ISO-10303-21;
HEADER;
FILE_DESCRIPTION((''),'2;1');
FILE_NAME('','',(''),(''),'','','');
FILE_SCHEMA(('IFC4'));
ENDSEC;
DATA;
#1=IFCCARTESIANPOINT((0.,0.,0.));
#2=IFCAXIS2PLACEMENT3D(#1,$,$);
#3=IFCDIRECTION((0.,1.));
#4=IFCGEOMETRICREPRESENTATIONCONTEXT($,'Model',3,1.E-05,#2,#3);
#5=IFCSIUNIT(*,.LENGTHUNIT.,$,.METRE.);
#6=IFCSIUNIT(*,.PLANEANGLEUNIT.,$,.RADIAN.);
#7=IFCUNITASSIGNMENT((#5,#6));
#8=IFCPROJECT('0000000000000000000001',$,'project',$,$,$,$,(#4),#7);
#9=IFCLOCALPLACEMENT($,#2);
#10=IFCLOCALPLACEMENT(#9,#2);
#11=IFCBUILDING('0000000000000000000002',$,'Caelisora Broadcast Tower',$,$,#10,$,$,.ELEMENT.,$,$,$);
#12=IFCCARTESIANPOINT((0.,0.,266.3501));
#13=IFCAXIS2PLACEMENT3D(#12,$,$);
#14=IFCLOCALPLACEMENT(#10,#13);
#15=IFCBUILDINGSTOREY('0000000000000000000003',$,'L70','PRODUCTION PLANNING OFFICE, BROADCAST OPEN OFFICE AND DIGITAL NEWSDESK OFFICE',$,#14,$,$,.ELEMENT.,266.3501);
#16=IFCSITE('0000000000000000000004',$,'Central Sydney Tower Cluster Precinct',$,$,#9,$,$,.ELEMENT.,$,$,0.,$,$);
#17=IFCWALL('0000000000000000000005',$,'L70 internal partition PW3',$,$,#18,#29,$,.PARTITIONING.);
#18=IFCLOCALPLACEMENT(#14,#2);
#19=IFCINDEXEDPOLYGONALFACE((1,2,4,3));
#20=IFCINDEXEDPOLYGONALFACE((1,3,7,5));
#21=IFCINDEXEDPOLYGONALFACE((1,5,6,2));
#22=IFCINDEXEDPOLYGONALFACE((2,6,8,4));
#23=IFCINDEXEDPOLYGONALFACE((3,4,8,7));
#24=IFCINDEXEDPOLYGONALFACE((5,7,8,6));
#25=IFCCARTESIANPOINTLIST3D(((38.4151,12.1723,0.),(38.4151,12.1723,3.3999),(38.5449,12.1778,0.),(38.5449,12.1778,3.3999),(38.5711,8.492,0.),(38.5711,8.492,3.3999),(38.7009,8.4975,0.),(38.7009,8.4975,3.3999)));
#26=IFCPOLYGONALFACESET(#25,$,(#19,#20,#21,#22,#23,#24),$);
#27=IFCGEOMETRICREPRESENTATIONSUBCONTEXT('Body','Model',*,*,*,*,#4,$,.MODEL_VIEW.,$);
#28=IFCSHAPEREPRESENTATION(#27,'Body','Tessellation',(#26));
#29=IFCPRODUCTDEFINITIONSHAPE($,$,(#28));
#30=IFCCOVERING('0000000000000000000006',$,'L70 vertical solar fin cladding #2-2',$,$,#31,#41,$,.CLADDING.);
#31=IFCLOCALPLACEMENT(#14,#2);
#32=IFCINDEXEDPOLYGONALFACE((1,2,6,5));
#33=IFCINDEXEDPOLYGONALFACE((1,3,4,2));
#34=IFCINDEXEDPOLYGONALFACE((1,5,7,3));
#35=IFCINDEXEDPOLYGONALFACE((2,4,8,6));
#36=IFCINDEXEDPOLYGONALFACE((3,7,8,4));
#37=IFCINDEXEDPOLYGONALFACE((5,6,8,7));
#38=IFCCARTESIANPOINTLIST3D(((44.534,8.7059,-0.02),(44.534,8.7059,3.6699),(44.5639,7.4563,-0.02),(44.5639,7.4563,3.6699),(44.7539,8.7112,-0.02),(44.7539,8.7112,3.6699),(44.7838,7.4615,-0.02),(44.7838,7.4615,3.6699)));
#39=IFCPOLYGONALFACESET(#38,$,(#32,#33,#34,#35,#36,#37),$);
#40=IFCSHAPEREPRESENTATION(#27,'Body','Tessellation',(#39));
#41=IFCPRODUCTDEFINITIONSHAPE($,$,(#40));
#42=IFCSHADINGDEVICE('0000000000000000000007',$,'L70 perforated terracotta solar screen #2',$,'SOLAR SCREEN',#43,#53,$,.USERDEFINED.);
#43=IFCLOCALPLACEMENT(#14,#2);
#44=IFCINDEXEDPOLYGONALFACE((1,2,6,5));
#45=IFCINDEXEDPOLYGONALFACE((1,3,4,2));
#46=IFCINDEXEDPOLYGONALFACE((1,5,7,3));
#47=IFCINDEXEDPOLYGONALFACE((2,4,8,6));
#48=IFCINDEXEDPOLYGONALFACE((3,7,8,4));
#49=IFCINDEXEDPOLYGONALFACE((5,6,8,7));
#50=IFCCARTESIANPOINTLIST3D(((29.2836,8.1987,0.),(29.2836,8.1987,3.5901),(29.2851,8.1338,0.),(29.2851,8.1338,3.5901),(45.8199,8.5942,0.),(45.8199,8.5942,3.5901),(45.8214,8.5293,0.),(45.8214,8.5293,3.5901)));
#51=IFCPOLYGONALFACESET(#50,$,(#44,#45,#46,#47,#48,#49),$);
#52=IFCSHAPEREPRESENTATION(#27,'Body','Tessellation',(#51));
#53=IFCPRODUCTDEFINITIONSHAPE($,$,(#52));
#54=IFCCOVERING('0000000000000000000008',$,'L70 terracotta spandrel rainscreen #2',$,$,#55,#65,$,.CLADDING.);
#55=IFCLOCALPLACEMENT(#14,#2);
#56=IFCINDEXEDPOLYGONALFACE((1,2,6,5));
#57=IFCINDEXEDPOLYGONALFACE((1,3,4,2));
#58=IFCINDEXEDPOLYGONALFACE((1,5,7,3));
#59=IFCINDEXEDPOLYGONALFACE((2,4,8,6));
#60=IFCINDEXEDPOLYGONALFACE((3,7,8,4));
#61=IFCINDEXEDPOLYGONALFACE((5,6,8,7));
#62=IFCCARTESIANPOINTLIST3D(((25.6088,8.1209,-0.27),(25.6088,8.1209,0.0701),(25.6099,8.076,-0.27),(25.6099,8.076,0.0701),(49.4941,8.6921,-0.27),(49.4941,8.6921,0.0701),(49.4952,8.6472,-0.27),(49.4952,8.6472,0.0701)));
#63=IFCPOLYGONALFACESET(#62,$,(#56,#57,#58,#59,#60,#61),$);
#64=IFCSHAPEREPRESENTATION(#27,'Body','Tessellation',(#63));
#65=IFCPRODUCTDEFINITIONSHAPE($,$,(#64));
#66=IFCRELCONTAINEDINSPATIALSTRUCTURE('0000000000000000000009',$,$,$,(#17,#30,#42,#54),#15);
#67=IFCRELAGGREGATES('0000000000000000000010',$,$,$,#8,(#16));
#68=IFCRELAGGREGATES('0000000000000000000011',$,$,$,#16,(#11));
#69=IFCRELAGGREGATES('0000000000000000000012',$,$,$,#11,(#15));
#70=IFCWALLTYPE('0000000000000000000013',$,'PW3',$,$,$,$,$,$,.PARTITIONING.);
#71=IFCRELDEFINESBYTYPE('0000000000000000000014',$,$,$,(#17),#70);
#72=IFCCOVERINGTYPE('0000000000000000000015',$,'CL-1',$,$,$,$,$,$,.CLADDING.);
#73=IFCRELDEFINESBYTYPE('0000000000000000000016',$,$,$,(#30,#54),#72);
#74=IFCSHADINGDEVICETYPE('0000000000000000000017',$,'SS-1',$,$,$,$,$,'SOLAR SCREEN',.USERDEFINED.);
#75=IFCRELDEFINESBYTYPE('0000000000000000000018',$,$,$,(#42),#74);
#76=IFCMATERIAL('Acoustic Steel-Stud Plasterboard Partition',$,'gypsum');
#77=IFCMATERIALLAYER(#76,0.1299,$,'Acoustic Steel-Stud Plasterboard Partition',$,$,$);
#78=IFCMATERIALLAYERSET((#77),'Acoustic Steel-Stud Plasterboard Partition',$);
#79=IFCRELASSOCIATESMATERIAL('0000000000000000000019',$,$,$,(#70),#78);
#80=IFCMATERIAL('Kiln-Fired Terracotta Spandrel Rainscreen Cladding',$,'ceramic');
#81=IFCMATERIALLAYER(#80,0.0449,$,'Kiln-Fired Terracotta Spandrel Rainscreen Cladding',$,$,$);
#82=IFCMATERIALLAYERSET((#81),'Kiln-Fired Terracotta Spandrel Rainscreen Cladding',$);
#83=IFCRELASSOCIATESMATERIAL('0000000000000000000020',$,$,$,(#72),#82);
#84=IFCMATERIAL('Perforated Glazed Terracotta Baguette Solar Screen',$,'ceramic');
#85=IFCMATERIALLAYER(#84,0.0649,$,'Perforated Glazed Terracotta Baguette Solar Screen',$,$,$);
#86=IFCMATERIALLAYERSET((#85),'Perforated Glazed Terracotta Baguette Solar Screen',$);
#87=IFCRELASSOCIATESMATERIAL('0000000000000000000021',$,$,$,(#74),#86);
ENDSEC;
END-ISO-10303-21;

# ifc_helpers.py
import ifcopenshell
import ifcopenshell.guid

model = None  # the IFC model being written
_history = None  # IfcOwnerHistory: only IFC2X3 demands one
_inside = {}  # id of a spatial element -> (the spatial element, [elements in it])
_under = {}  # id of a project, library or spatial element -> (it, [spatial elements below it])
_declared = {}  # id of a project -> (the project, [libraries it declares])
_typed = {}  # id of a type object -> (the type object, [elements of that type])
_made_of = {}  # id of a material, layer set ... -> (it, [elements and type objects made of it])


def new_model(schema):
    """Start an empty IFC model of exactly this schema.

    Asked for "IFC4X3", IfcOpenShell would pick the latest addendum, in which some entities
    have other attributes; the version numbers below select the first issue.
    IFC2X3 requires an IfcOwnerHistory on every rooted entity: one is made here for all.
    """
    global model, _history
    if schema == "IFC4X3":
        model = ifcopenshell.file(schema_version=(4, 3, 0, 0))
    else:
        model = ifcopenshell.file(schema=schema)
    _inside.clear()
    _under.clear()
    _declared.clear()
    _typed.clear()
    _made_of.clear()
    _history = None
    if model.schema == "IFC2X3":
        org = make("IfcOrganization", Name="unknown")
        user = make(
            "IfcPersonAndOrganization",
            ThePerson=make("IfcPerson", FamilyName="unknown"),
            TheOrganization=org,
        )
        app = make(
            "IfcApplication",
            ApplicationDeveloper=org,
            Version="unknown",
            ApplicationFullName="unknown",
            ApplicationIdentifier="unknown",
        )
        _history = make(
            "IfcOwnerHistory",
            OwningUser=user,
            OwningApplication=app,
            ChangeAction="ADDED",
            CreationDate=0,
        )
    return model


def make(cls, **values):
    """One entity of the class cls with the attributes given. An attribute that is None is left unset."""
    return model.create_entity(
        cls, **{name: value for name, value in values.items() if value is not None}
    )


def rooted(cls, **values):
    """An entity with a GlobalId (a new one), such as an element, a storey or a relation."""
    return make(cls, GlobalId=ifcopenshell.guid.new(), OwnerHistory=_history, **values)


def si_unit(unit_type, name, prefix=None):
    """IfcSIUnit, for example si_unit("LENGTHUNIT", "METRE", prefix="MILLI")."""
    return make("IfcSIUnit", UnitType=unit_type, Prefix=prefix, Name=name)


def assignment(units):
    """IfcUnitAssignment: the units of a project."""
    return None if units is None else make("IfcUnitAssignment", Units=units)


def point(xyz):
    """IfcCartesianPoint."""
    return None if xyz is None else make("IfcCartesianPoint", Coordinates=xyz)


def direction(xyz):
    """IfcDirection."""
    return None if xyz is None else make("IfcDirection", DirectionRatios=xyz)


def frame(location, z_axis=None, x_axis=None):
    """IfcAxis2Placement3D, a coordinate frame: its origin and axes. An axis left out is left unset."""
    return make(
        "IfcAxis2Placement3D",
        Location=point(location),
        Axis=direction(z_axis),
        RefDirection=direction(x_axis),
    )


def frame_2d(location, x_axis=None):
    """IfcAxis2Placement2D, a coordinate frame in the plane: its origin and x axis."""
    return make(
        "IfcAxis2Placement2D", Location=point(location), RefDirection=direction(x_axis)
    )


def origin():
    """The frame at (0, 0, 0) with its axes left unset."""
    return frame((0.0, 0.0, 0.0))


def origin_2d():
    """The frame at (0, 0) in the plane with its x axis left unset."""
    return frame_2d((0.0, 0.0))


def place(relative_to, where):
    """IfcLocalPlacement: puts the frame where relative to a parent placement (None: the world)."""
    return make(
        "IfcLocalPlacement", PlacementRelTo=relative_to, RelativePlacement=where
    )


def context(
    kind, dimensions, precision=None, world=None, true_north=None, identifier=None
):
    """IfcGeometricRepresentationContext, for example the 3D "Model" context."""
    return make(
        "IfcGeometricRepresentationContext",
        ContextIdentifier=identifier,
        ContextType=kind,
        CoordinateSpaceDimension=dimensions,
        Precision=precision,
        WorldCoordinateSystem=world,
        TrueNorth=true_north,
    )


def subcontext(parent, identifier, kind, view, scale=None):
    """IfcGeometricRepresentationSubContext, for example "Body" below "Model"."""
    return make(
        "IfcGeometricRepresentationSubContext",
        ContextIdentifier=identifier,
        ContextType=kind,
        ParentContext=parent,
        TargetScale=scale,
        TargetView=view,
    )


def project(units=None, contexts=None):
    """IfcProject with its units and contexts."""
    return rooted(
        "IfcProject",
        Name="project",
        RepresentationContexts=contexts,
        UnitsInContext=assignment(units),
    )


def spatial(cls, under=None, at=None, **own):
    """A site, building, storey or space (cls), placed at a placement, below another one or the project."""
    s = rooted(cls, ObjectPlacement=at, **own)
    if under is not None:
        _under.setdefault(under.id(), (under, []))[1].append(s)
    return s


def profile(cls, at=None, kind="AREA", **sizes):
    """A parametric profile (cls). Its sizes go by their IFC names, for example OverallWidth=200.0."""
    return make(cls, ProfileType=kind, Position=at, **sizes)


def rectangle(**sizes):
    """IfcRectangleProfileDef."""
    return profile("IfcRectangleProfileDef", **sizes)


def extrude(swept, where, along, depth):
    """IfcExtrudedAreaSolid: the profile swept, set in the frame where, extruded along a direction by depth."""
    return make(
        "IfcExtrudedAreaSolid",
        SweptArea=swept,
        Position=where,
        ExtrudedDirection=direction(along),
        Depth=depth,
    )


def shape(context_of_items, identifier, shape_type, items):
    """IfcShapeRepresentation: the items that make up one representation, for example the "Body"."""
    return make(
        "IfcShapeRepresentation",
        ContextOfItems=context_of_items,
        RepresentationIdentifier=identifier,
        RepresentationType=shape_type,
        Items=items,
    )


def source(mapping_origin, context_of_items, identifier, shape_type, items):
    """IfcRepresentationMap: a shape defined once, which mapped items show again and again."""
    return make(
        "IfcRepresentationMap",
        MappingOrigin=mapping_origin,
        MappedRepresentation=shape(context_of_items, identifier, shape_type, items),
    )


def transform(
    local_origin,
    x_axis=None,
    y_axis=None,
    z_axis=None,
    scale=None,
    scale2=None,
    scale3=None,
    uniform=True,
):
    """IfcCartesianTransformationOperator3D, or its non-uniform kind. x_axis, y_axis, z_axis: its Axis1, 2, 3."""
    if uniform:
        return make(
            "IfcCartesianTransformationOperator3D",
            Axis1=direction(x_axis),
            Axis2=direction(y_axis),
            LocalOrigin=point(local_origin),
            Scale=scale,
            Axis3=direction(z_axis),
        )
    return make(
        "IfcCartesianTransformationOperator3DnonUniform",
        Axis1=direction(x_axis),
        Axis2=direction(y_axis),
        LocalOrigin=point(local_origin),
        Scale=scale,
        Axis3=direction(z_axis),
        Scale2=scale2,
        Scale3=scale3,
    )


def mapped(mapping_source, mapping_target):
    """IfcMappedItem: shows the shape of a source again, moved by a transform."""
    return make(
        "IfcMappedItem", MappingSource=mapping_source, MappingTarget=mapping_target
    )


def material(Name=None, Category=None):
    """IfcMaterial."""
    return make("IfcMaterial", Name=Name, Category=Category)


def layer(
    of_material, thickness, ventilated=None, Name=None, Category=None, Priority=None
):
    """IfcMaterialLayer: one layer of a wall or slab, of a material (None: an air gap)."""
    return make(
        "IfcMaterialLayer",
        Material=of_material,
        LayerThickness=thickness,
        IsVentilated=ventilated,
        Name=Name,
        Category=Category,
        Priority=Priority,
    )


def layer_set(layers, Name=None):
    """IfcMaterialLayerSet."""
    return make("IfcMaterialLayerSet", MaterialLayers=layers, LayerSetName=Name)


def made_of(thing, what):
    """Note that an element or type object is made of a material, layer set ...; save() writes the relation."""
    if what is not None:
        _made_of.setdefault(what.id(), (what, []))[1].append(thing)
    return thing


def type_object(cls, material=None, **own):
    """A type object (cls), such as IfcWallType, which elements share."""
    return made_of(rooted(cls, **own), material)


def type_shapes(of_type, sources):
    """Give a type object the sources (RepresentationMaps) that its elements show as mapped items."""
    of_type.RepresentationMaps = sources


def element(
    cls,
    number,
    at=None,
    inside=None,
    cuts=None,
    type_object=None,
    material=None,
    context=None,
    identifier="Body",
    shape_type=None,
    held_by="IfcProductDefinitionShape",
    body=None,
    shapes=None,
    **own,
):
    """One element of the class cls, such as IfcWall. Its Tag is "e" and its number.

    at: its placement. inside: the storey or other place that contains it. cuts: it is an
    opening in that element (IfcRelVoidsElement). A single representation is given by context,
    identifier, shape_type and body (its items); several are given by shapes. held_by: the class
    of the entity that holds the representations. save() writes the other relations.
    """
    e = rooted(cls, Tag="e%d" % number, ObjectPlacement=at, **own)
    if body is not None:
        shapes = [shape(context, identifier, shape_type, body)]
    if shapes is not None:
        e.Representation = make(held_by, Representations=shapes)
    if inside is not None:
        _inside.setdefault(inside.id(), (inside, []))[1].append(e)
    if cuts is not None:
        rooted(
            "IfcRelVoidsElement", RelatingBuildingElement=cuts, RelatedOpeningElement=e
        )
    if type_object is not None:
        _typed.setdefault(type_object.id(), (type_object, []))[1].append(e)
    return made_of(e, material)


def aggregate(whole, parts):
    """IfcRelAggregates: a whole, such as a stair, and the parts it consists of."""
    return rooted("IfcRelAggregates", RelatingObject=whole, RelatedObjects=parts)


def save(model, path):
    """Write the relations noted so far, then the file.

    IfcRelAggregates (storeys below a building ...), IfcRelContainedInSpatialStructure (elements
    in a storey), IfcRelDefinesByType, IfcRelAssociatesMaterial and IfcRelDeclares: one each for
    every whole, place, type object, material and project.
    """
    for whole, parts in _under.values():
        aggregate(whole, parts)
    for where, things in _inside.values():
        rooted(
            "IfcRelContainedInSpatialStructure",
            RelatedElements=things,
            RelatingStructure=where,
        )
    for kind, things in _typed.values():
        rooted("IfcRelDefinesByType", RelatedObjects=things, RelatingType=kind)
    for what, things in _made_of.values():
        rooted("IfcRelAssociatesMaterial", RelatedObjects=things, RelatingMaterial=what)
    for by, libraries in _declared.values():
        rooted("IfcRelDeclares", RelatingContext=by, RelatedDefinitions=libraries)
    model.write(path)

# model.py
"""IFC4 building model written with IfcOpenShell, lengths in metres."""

from ifc_helpers import new_model, si_unit, direction, frame, frame_2d, origin, origin_2d, place, context, subcontext, project, spatial, rectangle, extrude, source, transform, mapped, material, layer, layer_set, type_object, type_shapes, element, save


model = new_model("IFC4")

# Units and contexts
model_context = context("Model", 3, precision=1e-05, world=origin(), true_north=direction((0.0, 1.0)))
body_context = subcontext(model_context, "Body", "Model", "MODEL_VIEW")
ifc_project = project(units=[si_unit("LENGTHUNIT", "METRE"), si_unit("PLANEANGLEUNIT", "RADIAN")], contexts=[model_context])

# Site, building, storey
site_placement = place(None, origin())
site = spatial("IfcSite", under=ifc_project, at=site_placement, Name="Central Sydney Tower Cluster Precinct", CompositionType="ELEMENT", RefElevation=0.0)
building_placement = place(site_placement, origin())
building = spatial("IfcBuilding", under=site, at=building_placement, Name="Caelisora Broadcast Tower", CompositionType="ELEMENT")
storey_placement = place(building_placement, frame((0.0, 0.0, 266.3501)))
storey = spatial("IfcBuildingStorey", under=building, at=storey_placement, Name="L70", Description="PRODUCTION PLANNING OFFICE, BROADCAST OPEN OFFICE AND DIGITAL NEWSDESK OFFICE", CompositionType="ELEMENT", Elevation=266.3501)

# Shared definitions
ifc_material_1 = material(Name="Acoustic Steel-Stud Plasterboard Partition", Category="gypsum")
ifc_layer_1 = layer(ifc_material_1, 0.1299, Name="Acoustic Steel-Stud Plasterboard Partition")
ifc_layer_set_1 = layer_set([ifc_layer_1], Name="Acoustic Steel-Stud Plasterboard Partition")
wall_type = type_object("IfcWallType", Name="PW3", PredefinedType="PARTITIONING", material=ifc_layer_set_1)

# Wall
wall_1_placement = place(storey_placement, frame((38.48, 12.175, 0.0), z_axis=(0.0, 0.0, 1.0), x_axis=(0.042353, -0.999103, 0.0)))
element("IfcWall", 1, at=wall_1_placement, inside=storey, type_object=wall_type, Name="L70 internal partition PW3", PredefinedType="PARTITIONING", context=body_context, shape_type="SweptSolid", body=[
    extrude(rectangle(XDim=3.6836, YDim=0.1299, at=frame_2d((1.8418, 0.0))), origin(), (0.0, 0.0, 1.0), 3.3999),
])

# Covering
ifc_material_2 = material(Name="Kiln-Fired Terracotta Spandrel Rainscreen Cladding", Category="ceramic")
ifc_layer_2 = layer(ifc_material_2, 0.0449, Name="Kiln-Fired Terracotta Spandrel Rainscreen Cladding")
ifc_layer_set_2 = layer_set([ifc_layer_2], Name="Kiln-Fired Terracotta Spandrel Rainscreen Cladding")
covering_type = type_object("IfcCoveringType", Name="CL-1", PredefinedType="CLADDING", material=ifc_layer_set_2)
shared_shape_1 = source(origin(), body_context, "Body", "SweptSolid", [
    extrude(rectangle(XDim=0.22, YDim=1.25, at=origin_2d()), origin(), (0.0, 0.0, 1.0), 3.6899),
])
covering_1_placement = place(storey_placement, frame((44.6589, 8.0837, -0.02), z_axis=(0.0, 0.0, 1.0), x_axis=(-0.999714, -0.023909, 0.0)))
element("IfcCovering", 2, at=covering_1_placement, inside=storey, type_object=covering_type, Name="L70 vertical solar fin cladding #2-2", PredefinedType="CLADDING", context=body_context, shape_type="MappedRepresentation", body=[
    mapped(shared_shape_1, transform((0.0, 0.0, 0.0), scale=1.0)),
])

# Shading device
ifc_material_3 = material(Name="Perforated Glazed Terracotta Baguette Solar Screen", Category="ceramic")
ifc_layer_3 = layer(ifc_material_3, 0.0649, Name="Perforated Glazed Terracotta Baguette Solar Screen")
ifc_layer_set_3 = layer_set([ifc_layer_3], Name="Perforated Glazed Terracotta Baguette Solar Screen")
shading_device_type = type_object("IfcShadingDeviceType", Name="SS-1", ElementType="SOLAR SCREEN", PredefinedType="USERDEFINED", material=ifc_layer_set_3)
shared_shape_2 = source(origin(), body_context, "Body", "SweptSolid", [
    extrude(rectangle(XDim=16.541, YDim=0.0649, at=origin_2d()), origin(), (0.0, 0.0, 1.0), 3.5901),
])
type_shapes(shading_device_type, [shared_shape_2])
shading_device_placement = place(storey_placement, frame((37.5525, 8.364, 0.0), z_axis=(0.0, 0.0, 1.0), x_axis=(0.999714, 0.023909, 0.0)))
element("IfcShadingDevice", 3, at=shading_device_placement, inside=storey, type_object=shading_device_type, Name="L70 perforated terracotta solar screen #2", ObjectType="SOLAR SCREEN", PredefinedType="USERDEFINED", context=body_context, shape_type="MappedRepresentation", body=[
    mapped(shared_shape_2, transform((0.0, 0.0, 0.0), scale=1.0)),
])

# Covering
shared_shape_3 = source(origin(), body_context, "Body", "SweptSolid", [
    extrude(rectangle(XDim=23.8921, YDim=0.0449, at=origin_2d()), origin(), (0.0, 0.0, 1.0), 0.3401),
])
type_shapes(covering_type, [shared_shape_1, shared_shape_3])
covering_2_placement = place(storey_placement, frame((37.552, 8.384, -0.27), z_axis=(0.0, 0.0, 1.0), x_axis=(0.999714, 0.023909, 0.0)))
element("IfcCovering", 4, at=covering_2_placement, inside=storey, type_object=covering_type, Name="L70 terracotta spandrel rainscreen #2", PredefinedType="CLADDING", context=body_context, shape_type="MappedRepresentation", body=[
    mapped(shared_shape_3, transform((0.0, 0.0, 0.0), scale=1.0)),
])

save(model, "model.ifc")
